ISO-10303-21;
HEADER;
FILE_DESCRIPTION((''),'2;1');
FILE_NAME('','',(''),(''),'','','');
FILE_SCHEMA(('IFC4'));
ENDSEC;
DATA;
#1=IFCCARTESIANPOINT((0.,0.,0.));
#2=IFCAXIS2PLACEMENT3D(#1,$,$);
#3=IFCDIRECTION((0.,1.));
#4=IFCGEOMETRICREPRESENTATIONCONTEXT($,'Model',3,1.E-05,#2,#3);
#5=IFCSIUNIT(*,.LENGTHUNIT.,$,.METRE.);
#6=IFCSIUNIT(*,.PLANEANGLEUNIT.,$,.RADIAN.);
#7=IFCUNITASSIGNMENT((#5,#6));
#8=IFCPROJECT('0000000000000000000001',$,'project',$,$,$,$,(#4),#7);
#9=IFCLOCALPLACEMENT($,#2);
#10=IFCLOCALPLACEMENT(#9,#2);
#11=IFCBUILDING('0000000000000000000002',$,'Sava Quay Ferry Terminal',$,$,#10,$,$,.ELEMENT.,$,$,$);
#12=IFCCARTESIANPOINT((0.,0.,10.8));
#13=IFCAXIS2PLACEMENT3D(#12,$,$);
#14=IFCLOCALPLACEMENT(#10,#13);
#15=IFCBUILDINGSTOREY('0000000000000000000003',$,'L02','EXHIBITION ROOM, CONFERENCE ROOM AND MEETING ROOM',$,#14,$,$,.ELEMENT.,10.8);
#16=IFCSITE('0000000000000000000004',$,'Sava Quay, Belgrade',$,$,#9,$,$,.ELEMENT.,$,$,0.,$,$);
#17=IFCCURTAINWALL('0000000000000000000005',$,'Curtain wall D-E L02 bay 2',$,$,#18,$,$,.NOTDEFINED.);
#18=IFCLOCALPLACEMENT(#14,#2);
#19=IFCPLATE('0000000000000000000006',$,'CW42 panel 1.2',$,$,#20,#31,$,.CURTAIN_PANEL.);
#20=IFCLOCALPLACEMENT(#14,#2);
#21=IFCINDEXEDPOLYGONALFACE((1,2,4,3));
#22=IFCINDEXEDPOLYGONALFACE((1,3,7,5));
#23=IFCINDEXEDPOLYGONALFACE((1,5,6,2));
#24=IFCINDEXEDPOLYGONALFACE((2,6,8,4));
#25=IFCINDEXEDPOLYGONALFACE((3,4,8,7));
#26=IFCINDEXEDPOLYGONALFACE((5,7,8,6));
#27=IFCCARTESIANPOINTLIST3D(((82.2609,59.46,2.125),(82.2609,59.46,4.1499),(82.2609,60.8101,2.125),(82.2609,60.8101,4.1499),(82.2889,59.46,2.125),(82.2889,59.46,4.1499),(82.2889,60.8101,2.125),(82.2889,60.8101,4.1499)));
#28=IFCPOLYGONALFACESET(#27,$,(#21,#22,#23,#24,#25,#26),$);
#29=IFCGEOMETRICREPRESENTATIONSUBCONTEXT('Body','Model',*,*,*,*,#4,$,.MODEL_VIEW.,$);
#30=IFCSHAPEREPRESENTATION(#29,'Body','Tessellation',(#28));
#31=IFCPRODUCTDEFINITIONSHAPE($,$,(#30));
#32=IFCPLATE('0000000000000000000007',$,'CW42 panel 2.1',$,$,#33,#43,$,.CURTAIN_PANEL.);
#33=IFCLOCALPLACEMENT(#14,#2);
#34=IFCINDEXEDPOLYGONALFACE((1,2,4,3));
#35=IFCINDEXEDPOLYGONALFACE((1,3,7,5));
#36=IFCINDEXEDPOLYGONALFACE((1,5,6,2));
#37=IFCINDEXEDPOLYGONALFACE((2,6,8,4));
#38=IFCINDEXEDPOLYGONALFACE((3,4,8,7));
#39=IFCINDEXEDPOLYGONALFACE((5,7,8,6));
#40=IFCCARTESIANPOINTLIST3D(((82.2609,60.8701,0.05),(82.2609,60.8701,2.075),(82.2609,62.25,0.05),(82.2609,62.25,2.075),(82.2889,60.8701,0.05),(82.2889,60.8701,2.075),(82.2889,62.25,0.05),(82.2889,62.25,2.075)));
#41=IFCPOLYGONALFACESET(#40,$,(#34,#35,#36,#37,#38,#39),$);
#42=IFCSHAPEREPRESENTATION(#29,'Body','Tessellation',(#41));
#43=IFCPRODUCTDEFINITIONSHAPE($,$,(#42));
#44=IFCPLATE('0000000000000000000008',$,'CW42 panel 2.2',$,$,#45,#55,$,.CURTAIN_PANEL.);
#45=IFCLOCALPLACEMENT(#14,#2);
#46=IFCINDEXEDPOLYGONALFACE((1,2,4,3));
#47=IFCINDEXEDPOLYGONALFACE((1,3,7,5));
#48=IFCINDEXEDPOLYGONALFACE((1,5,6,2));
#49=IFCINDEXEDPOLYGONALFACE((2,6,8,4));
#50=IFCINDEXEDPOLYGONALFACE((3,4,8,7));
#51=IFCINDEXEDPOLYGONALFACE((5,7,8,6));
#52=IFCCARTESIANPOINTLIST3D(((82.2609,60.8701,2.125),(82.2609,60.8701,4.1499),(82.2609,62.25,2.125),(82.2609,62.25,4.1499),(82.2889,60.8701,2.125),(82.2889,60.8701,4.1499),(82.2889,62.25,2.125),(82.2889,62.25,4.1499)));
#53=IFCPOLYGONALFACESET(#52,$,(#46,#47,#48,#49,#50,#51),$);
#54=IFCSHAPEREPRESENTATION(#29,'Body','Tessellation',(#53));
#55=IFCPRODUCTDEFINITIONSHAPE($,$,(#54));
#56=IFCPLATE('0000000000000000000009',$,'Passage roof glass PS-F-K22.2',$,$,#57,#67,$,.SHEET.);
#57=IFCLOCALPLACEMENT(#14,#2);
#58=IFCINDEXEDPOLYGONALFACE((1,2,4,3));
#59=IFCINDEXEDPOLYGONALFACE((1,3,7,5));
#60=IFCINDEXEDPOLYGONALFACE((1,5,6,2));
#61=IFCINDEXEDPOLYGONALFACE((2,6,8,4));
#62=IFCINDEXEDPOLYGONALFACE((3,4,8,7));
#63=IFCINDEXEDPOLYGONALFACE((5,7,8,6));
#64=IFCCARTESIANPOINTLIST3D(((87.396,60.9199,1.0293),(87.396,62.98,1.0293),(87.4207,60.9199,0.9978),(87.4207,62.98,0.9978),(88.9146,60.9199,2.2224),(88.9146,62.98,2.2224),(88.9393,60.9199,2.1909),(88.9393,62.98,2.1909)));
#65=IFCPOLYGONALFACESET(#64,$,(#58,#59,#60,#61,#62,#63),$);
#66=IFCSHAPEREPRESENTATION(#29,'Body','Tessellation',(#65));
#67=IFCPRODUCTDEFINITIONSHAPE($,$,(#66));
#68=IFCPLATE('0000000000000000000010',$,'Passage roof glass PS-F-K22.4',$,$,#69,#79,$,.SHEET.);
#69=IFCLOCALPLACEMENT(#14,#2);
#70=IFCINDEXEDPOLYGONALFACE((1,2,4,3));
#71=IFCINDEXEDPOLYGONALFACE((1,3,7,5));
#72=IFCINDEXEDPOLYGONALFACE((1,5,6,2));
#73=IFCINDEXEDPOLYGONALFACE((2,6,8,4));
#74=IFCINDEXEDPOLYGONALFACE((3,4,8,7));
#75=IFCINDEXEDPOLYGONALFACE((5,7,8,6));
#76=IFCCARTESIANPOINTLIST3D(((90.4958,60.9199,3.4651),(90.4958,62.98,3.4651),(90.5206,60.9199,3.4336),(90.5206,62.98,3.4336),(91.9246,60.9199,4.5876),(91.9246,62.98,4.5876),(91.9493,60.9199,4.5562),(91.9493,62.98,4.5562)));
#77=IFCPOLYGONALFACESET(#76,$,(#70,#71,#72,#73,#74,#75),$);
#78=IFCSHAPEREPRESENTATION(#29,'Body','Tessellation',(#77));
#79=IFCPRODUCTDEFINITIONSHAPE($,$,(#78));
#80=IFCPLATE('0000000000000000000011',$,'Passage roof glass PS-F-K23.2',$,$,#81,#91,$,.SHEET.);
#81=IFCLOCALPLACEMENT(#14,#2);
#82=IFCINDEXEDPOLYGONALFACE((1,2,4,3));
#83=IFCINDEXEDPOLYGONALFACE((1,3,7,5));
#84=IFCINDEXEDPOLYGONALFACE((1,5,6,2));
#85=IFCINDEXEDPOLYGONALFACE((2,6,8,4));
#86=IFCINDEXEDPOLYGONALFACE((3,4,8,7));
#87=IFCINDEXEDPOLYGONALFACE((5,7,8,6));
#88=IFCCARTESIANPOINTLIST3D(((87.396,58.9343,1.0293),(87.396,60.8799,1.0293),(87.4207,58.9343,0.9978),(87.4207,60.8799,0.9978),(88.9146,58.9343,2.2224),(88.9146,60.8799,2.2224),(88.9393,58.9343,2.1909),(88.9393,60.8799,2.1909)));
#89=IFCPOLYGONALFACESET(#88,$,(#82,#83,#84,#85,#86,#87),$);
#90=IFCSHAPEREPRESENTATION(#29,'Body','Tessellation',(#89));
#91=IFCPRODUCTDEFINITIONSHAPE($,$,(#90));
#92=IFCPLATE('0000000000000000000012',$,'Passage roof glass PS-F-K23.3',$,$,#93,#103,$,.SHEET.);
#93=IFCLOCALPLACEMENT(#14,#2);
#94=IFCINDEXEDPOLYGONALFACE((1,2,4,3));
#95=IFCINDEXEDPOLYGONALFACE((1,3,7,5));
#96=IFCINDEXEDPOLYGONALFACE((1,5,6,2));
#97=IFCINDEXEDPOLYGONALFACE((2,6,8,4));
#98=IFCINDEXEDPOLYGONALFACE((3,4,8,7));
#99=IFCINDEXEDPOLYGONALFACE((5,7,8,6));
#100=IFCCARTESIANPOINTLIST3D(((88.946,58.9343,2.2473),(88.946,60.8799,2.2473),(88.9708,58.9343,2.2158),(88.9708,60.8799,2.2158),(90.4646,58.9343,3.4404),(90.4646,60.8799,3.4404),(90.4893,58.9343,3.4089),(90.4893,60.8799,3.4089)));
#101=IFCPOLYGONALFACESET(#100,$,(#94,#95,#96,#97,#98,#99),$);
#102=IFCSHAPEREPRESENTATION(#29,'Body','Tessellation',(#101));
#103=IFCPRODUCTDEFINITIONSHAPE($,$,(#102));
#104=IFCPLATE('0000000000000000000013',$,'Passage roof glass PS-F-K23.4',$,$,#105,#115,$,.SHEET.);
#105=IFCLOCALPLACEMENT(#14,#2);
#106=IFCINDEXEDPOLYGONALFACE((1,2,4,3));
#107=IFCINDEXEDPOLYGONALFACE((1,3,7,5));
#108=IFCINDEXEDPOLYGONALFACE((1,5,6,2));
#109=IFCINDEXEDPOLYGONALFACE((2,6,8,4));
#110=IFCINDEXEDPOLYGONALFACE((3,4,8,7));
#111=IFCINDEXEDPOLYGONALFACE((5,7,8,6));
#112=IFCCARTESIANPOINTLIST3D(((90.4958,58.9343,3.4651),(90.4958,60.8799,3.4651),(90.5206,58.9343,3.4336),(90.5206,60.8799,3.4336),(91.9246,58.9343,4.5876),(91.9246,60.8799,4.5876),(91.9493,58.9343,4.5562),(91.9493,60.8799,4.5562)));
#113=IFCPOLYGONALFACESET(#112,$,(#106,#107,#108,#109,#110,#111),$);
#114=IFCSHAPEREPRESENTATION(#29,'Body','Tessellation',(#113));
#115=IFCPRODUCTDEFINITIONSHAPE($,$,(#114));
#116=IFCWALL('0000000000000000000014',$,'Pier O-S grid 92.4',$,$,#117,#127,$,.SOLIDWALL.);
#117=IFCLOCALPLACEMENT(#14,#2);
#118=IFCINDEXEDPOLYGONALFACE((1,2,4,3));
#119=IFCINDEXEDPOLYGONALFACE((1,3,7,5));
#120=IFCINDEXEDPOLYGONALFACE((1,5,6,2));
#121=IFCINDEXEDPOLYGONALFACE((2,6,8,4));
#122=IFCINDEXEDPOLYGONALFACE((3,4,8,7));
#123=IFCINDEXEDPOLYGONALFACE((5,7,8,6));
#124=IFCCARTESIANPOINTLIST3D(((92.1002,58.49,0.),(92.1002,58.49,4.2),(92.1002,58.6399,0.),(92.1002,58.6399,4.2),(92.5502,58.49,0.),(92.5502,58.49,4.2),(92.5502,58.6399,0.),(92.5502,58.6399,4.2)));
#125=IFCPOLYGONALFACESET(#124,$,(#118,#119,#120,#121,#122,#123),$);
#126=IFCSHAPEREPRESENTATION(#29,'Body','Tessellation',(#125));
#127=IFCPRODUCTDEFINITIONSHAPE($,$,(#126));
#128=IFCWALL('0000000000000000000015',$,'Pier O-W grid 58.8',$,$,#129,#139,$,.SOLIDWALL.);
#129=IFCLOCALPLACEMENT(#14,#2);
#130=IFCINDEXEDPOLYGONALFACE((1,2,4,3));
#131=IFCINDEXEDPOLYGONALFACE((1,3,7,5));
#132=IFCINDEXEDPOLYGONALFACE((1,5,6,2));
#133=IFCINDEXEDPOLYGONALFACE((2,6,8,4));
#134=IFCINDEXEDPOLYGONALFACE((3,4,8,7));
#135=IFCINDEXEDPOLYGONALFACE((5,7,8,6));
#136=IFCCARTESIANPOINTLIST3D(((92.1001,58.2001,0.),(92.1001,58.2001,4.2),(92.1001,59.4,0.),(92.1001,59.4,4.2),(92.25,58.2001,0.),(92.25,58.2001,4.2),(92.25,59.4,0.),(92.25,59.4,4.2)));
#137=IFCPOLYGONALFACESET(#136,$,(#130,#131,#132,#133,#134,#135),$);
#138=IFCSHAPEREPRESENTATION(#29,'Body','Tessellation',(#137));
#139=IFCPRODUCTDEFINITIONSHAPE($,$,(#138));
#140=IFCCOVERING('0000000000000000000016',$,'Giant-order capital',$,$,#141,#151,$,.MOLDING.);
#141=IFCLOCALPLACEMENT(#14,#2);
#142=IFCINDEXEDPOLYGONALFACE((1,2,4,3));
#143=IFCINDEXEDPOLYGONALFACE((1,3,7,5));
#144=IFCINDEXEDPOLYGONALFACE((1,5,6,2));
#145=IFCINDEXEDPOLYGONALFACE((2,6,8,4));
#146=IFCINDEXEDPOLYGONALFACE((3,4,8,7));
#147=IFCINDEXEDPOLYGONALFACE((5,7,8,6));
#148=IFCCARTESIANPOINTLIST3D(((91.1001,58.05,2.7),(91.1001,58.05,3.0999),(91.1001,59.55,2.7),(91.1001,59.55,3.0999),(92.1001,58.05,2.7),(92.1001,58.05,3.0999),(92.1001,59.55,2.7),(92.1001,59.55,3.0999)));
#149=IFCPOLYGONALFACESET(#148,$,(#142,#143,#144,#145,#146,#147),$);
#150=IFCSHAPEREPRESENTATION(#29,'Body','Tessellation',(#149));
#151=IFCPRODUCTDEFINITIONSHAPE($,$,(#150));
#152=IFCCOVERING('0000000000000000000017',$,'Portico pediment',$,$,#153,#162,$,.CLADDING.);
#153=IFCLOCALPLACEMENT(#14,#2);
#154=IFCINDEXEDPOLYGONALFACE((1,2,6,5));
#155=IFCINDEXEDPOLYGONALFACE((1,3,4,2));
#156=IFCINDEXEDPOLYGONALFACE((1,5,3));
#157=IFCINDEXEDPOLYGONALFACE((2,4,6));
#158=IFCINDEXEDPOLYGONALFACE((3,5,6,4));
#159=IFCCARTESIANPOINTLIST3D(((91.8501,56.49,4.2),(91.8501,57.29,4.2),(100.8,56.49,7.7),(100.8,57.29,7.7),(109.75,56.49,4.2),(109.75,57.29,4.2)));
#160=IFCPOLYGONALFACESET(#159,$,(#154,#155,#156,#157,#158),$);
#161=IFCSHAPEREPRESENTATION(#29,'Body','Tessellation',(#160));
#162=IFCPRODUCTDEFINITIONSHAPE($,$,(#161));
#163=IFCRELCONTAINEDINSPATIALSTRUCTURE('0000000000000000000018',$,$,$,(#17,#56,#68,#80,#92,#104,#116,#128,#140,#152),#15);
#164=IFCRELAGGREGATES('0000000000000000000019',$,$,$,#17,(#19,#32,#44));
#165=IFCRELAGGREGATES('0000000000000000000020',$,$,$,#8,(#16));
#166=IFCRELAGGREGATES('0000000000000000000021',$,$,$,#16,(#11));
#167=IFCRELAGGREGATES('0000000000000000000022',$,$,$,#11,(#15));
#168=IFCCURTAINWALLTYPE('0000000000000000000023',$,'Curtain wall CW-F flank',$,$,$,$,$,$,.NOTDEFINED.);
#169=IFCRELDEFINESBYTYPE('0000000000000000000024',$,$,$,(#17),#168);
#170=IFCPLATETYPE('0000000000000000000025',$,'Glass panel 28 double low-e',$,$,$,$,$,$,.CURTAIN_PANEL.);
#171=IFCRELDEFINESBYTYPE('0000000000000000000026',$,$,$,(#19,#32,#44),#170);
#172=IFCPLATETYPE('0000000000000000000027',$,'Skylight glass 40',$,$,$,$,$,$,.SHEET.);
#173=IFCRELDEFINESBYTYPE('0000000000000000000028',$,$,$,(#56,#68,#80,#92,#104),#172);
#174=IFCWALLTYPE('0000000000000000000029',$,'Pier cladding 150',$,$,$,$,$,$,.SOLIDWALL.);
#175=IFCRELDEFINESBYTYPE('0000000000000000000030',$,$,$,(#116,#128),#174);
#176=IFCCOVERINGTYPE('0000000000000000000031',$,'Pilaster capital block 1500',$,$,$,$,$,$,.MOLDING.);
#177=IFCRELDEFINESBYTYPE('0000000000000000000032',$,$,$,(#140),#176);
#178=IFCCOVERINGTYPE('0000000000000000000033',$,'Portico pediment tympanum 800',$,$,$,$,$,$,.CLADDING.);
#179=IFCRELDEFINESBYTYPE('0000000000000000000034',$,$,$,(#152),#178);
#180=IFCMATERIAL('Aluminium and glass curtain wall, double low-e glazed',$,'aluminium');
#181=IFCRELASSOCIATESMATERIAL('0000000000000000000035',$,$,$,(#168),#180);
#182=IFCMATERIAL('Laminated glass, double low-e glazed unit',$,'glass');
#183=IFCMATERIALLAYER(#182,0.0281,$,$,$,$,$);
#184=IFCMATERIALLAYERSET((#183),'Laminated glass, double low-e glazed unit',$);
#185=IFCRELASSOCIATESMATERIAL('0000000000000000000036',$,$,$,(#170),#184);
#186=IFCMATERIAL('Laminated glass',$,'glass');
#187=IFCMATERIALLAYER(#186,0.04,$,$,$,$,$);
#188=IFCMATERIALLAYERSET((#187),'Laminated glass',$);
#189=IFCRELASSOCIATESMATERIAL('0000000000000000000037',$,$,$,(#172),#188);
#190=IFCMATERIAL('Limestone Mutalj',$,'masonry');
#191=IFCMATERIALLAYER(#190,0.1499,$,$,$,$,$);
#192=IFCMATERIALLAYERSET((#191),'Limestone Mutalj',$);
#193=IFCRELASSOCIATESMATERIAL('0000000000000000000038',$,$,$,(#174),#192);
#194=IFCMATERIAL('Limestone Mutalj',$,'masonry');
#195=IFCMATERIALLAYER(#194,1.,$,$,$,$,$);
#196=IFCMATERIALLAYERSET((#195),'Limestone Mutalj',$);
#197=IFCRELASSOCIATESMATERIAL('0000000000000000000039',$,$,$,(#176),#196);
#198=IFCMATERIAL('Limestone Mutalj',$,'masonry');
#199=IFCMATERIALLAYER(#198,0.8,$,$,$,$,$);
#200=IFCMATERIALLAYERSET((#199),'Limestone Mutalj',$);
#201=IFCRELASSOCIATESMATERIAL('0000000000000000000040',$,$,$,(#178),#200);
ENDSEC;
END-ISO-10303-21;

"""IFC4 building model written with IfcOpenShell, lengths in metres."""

from ifc_helpers import new_model, si_unit, direction, frame, frame_2d, origin, origin_2d, place, context, subcontext, project, spatial, polyline, rectangle, outline, extrude, material, layer, layer_set, type_object, element, aggregate, save


model = new_model("IFC4")

# Units and contexts
model_context = context("Model", 3, precision=1e-05, world=origin(), true_north=direction((0.0, 1.0)))
body_context = subcontext(model_context, "Body", "Model", "MODEL_VIEW")
ifc_project = project(units=[si_unit("LENGTHUNIT", "METRE"), si_unit("PLANEANGLEUNIT", "RADIAN")], contexts=[model_context])

# Site, building, storey
site_placement = place(None, origin())
site = spatial("IfcSite", under=ifc_project, at=site_placement, Name="Sava Quay, Belgrade", CompositionType="ELEMENT", RefElevation=0.0)
building_placement = place(site_placement, origin())
building = spatial("IfcBuilding", under=site, at=building_placement, Name="Sava Quay Ferry Terminal", CompositionType="ELEMENT")
storey_placement = place(building_placement, frame((0.0, 0.0, 10.8)))
storey = spatial("IfcBuildingStorey", under=building, at=storey_placement, Name="L02", Description="EXHIBITION ROOM, CONFERENCE ROOM AND MEETING ROOM", CompositionType="ELEMENT", Elevation=10.8)

# Curtain wall
ifc_material_1 = material(Name="Aluminium and glass curtain wall, double low-e glazed", Category="aluminium")
curtain_wall_type = type_object("IfcCurtainWallType", Name="Curtain wall CW-F flank", PredefinedType="NOTDEFINED", material=ifc_material_1)
curtain_wall_1_placement = place(storey_placement, origin())
curtain_wall_1 = element("IfcCurtainWall", 1, at=curtain_wall_1_placement, inside=storey, type_object=curtain_wall_type, Name="Curtain wall D-E L02 bay 2", PredefinedType="NOTDEFINED")

# Plates
ifc_material_2 = material(Name="Laminated glass, double low-e glazed unit", Category="glass")
ifc_layer_1 = layer(ifc_material_2, 0.0281)
ifc_layer_set_1 = layer_set([ifc_layer_1], Name="Laminated glass, double low-e glazed unit")
plate_type_1 = type_object("IfcPlateType", Name="Glass panel 28 double low-e", PredefinedType="CURTAIN_PANEL", material=ifc_layer_set_1)
plate_1_placement = place(storey_placement, frame((82.2749, 60.135, 2.125), z_axis=(0.0, 0.0, 1.0), x_axis=(0.0, 1.0, 0.0)))
plate_1 = element("IfcPlate", 2, at=plate_1_placement, type_object=plate_type_1, Name="CW42 panel 1.2", PredefinedType="CURTAIN_PANEL", context=body_context, shape_type="SweptSolid", body=[
    extrude(rectangle(XDim=1.3501, YDim=0.0281, at=origin_2d()), origin(), (0.0, 0.0, 1.0), 2.0249),
])
plate_2_placement = place(storey_placement, frame((82.2749, 61.5601, 0.05), z_axis=(0.0, 0.0, 1.0), x_axis=(0.0, 1.0, 0.0)))
plate_2 = element("IfcPlate", 3, at=plate_2_placement, type_object=plate_type_1, Name="CW42 panel 2.1", PredefinedType="CURTAIN_PANEL", context=body_context, shape_type="SweptSolid", body=[
    extrude(rectangle(XDim=1.3799, YDim=0.0281, at=origin_2d()), origin(), (0.0, 0.0, 1.0), 2.0249),
])
plate_3_placement = place(storey_placement, frame((82.2749, 61.5601, 2.125), z_axis=(0.0, 0.0, 1.0), x_axis=(0.0, 1.0, 0.0)))
plate_3 = element("IfcPlate", 4, at=plate_3_placement, type_object=plate_type_1, Name="CW42 panel 2.2", PredefinedType="CURTAIN_PANEL", context=body_context, shape_type="SweptSolid", body=[
    extrude(rectangle(XDim=1.3799, YDim=0.0281, at=origin_2d()), origin(), (0.0, 0.0, 1.0), 2.0249),
])
aggregate(curtain_wall_1, [plate_1, plate_2, plate_3])

# Plates
ifc_material_3 = material(Name="Laminated glass", Category="glass")
ifc_layer_2 = layer(ifc_material_3, 0.04)
ifc_layer_set_2 = layer_set([ifc_layer_2], Name="Laminated glass")
plate_type_2 = type_object("IfcPlateType", Name="Skylight glass 40", PredefinedType="SHEET", material=ifc_layer_set_2)
plate_4_placement = place(storey_placement, frame((87.396, 62.98, 1.0293), z_axis=(-0.61781, 0.0, 0.786327), x_axis=(0.786327, 0.0, 0.61781)))
element("IfcPlate", 5, at=plate_4_placement, inside=storey, type_object=plate_type_2, Name="Passage roof glass PS-F-K22.2", PredefinedType="SHEET", context=body_context, shape_type="SweptSolid", body=[
    extrude(outline(polyline([(0.0, 0.0), (1.9312, 0.0), (1.9312, -2.0601), (0.0, -2.0601), (0.0, 0.0)])), origin(), (0.0, 0.0, -1.0), 0.04),
])
plate_5_placement = place(storey_placement, frame((90.4958, 60.9199, 3.4651), z_axis=(-0.617822, 0.0, 0.786318), x_axis=(0.0, 1.0, 0.0)))
element("IfcPlate", 6, at=plate_5_placement, inside=storey, type_object=plate_type_2, Name="Passage roof glass PS-F-K22.4", PredefinedType="SHEET", context=body_context, shape_type="SweptSolid", body=[
    extrude(outline(polyline([(0.0, 0.0), (2.0601, 0.0), (2.0601, -1.817), (0.0, -1.817), (0.0, 0.0)])), origin(), (0.0, 0.0, -1.0), 0.04),
])
for number, where, z_axis, x_axis, name in (
    (7, (87.396, 60.8799, 1.0293), (-0.61781, 0.0, 0.786327), (0.786327, 0.0, 0.61781), "Passage roof glass PS-F-K23.2"),
    (8, (88.946, 60.8799, 2.2473), (-0.61781, 0.0, 0.786327), (0.786327, 0.0, 0.61781), "Passage roof glass PS-F-K23.3"),
):
    element("IfcPlate", number, at=place(storey_placement, frame(where, z_axis=z_axis, x_axis=x_axis)), inside=storey, type_object=plate_type_2, Name=name, PredefinedType="SHEET", context=body_context, shape_type="SweptSolid", body=[
        extrude(outline(polyline([(0.0, 0.0), (1.9312, 0.0), (1.9312, -1.9456), (0.0, -1.9456), (0.0, 0.0)])), origin(), (0.0, 0.0, -1.0), 0.04),
    ])
plate_6_placement = place(storey_placement, frame((90.4958, 60.8799, 3.4651), z_axis=(-0.617822, 0.0, 0.786318), x_axis=(0.786318, 0.0, 0.617822)))
element("IfcPlate", 9, at=plate_6_placement, inside=storey, type_object=plate_type_2, Name="Passage roof glass PS-F-K23.4", PredefinedType="SHEET", context=body_context, shape_type="SweptSolid", body=[
    extrude(outline(polyline([(0.0, 0.0), (1.817, 0.0), (1.817, -1.9456), (0.0, -1.9456), (0.0, 0.0)])), origin(), (0.0, 0.0, -1.0), 0.04),
])

# Walls
ifc_material_4 = material(Name="Limestone Mutalj", Category="masonry")
ifc_layer_3 = layer(ifc_material_4, 0.1499)
ifc_layer_set_3 = layer_set([ifc_layer_3], Name="Limestone Mutalj")
wall_type = type_object("IfcWallType", Name="Pier cladding 150", PredefinedType="SOLIDWALL", material=ifc_layer_set_3)
wall_1_placement = place(storey_placement, frame((92.1001, 58.5649, 0.0), z_axis=(0.0, 0.0, 1.0), x_axis=(1.0, 0.0, 0.0)))
element("IfcWall", 10, at=wall_1_placement, inside=storey, type_object=wall_type, Name="Pier O-S grid 92.4", PredefinedType="SOLIDWALL", context=body_context, shape_type="SweptSolid", body=[
    extrude(rectangle(XDim=0.45, YDim=0.1499, at=frame_2d((0.2251, 0.0))), origin(), (0.0, 0.0, 1.0), 4.2),
])
wall_2_placement = place(storey_placement, frame((92.175, 58.2, 0.0), z_axis=(0.0, 0.0, 1.0), x_axis=(0.0, 1.0, 0.0)))
element("IfcWall", 11, at=wall_2_placement, inside=storey, type_object=wall_type, Name="Pier O-W grid 58.8", PredefinedType="SOLIDWALL", context=body_context, shape_type="SweptSolid", body=[
    extrude(rectangle(XDim=1.2, YDim=0.1499, at=frame_2d((0.6001, 0.0))), origin(), (0.0, 0.0, 1.0), 4.2),
])

# Coverings
ifc_material_5 = material(Name="Limestone Mutalj", Category="masonry")
ifc_layer_4 = layer(ifc_material_5, 1.0)
ifc_layer_set_4 = layer_set([ifc_layer_4], Name="Limestone Mutalj")
covering_type_1 = type_object("IfcCoveringType", Name="Pilaster capital block 1500", PredefinedType="MOLDING", material=ifc_layer_set_4)
covering_1_placement = place(storey_placement, frame((91.6001, 58.8, 2.7), z_axis=(0.0, 0.0, 1.0), x_axis=(1.0, 0.0, 0.0)))
element("IfcCovering", 12, at=covering_1_placement, inside=storey, type_object=covering_type_1, Name="Giant-order capital", PredefinedType="MOLDING", context=body_context, shape_type="SweptSolid", body=[
    extrude(rectangle(XDim=1.0, YDim=1.5, at=origin_2d()), origin(), (0.0, 0.0, 1.0), 0.3999),
])
ifc_material_6 = material(Name="Limestone Mutalj", Category="masonry")
ifc_layer_5 = layer(ifc_material_6, 0.8)
ifc_layer_set_5 = layer_set([ifc_layer_5], Name="Limestone Mutalj")
covering_type_2 = type_object("IfcCoveringType", Name="Portico pediment tympanum 800", PredefinedType="CLADDING", material=ifc_layer_set_5)
covering_2_placement = place(storey_placement, frame((91.8501, 56.49, 4.2), z_axis=(0.0, -1.0, 0.0), x_axis=(1.0, 0.0, 0.0)))
element("IfcCovering", 13, at=covering_2_placement, inside=storey, type_object=covering_type_2, Name="Portico pediment", PredefinedType="CLADDING", context=body_context, shape_type="SweptSolid", body=[
    extrude(outline(polyline([(0.0, 0.0), (17.8999, 0.0), (8.95, 3.5), (0.0, 0.0)])), origin(), (0.0, 0.0, -1.0), 0.8),
])

save(model, "model.ifc")
